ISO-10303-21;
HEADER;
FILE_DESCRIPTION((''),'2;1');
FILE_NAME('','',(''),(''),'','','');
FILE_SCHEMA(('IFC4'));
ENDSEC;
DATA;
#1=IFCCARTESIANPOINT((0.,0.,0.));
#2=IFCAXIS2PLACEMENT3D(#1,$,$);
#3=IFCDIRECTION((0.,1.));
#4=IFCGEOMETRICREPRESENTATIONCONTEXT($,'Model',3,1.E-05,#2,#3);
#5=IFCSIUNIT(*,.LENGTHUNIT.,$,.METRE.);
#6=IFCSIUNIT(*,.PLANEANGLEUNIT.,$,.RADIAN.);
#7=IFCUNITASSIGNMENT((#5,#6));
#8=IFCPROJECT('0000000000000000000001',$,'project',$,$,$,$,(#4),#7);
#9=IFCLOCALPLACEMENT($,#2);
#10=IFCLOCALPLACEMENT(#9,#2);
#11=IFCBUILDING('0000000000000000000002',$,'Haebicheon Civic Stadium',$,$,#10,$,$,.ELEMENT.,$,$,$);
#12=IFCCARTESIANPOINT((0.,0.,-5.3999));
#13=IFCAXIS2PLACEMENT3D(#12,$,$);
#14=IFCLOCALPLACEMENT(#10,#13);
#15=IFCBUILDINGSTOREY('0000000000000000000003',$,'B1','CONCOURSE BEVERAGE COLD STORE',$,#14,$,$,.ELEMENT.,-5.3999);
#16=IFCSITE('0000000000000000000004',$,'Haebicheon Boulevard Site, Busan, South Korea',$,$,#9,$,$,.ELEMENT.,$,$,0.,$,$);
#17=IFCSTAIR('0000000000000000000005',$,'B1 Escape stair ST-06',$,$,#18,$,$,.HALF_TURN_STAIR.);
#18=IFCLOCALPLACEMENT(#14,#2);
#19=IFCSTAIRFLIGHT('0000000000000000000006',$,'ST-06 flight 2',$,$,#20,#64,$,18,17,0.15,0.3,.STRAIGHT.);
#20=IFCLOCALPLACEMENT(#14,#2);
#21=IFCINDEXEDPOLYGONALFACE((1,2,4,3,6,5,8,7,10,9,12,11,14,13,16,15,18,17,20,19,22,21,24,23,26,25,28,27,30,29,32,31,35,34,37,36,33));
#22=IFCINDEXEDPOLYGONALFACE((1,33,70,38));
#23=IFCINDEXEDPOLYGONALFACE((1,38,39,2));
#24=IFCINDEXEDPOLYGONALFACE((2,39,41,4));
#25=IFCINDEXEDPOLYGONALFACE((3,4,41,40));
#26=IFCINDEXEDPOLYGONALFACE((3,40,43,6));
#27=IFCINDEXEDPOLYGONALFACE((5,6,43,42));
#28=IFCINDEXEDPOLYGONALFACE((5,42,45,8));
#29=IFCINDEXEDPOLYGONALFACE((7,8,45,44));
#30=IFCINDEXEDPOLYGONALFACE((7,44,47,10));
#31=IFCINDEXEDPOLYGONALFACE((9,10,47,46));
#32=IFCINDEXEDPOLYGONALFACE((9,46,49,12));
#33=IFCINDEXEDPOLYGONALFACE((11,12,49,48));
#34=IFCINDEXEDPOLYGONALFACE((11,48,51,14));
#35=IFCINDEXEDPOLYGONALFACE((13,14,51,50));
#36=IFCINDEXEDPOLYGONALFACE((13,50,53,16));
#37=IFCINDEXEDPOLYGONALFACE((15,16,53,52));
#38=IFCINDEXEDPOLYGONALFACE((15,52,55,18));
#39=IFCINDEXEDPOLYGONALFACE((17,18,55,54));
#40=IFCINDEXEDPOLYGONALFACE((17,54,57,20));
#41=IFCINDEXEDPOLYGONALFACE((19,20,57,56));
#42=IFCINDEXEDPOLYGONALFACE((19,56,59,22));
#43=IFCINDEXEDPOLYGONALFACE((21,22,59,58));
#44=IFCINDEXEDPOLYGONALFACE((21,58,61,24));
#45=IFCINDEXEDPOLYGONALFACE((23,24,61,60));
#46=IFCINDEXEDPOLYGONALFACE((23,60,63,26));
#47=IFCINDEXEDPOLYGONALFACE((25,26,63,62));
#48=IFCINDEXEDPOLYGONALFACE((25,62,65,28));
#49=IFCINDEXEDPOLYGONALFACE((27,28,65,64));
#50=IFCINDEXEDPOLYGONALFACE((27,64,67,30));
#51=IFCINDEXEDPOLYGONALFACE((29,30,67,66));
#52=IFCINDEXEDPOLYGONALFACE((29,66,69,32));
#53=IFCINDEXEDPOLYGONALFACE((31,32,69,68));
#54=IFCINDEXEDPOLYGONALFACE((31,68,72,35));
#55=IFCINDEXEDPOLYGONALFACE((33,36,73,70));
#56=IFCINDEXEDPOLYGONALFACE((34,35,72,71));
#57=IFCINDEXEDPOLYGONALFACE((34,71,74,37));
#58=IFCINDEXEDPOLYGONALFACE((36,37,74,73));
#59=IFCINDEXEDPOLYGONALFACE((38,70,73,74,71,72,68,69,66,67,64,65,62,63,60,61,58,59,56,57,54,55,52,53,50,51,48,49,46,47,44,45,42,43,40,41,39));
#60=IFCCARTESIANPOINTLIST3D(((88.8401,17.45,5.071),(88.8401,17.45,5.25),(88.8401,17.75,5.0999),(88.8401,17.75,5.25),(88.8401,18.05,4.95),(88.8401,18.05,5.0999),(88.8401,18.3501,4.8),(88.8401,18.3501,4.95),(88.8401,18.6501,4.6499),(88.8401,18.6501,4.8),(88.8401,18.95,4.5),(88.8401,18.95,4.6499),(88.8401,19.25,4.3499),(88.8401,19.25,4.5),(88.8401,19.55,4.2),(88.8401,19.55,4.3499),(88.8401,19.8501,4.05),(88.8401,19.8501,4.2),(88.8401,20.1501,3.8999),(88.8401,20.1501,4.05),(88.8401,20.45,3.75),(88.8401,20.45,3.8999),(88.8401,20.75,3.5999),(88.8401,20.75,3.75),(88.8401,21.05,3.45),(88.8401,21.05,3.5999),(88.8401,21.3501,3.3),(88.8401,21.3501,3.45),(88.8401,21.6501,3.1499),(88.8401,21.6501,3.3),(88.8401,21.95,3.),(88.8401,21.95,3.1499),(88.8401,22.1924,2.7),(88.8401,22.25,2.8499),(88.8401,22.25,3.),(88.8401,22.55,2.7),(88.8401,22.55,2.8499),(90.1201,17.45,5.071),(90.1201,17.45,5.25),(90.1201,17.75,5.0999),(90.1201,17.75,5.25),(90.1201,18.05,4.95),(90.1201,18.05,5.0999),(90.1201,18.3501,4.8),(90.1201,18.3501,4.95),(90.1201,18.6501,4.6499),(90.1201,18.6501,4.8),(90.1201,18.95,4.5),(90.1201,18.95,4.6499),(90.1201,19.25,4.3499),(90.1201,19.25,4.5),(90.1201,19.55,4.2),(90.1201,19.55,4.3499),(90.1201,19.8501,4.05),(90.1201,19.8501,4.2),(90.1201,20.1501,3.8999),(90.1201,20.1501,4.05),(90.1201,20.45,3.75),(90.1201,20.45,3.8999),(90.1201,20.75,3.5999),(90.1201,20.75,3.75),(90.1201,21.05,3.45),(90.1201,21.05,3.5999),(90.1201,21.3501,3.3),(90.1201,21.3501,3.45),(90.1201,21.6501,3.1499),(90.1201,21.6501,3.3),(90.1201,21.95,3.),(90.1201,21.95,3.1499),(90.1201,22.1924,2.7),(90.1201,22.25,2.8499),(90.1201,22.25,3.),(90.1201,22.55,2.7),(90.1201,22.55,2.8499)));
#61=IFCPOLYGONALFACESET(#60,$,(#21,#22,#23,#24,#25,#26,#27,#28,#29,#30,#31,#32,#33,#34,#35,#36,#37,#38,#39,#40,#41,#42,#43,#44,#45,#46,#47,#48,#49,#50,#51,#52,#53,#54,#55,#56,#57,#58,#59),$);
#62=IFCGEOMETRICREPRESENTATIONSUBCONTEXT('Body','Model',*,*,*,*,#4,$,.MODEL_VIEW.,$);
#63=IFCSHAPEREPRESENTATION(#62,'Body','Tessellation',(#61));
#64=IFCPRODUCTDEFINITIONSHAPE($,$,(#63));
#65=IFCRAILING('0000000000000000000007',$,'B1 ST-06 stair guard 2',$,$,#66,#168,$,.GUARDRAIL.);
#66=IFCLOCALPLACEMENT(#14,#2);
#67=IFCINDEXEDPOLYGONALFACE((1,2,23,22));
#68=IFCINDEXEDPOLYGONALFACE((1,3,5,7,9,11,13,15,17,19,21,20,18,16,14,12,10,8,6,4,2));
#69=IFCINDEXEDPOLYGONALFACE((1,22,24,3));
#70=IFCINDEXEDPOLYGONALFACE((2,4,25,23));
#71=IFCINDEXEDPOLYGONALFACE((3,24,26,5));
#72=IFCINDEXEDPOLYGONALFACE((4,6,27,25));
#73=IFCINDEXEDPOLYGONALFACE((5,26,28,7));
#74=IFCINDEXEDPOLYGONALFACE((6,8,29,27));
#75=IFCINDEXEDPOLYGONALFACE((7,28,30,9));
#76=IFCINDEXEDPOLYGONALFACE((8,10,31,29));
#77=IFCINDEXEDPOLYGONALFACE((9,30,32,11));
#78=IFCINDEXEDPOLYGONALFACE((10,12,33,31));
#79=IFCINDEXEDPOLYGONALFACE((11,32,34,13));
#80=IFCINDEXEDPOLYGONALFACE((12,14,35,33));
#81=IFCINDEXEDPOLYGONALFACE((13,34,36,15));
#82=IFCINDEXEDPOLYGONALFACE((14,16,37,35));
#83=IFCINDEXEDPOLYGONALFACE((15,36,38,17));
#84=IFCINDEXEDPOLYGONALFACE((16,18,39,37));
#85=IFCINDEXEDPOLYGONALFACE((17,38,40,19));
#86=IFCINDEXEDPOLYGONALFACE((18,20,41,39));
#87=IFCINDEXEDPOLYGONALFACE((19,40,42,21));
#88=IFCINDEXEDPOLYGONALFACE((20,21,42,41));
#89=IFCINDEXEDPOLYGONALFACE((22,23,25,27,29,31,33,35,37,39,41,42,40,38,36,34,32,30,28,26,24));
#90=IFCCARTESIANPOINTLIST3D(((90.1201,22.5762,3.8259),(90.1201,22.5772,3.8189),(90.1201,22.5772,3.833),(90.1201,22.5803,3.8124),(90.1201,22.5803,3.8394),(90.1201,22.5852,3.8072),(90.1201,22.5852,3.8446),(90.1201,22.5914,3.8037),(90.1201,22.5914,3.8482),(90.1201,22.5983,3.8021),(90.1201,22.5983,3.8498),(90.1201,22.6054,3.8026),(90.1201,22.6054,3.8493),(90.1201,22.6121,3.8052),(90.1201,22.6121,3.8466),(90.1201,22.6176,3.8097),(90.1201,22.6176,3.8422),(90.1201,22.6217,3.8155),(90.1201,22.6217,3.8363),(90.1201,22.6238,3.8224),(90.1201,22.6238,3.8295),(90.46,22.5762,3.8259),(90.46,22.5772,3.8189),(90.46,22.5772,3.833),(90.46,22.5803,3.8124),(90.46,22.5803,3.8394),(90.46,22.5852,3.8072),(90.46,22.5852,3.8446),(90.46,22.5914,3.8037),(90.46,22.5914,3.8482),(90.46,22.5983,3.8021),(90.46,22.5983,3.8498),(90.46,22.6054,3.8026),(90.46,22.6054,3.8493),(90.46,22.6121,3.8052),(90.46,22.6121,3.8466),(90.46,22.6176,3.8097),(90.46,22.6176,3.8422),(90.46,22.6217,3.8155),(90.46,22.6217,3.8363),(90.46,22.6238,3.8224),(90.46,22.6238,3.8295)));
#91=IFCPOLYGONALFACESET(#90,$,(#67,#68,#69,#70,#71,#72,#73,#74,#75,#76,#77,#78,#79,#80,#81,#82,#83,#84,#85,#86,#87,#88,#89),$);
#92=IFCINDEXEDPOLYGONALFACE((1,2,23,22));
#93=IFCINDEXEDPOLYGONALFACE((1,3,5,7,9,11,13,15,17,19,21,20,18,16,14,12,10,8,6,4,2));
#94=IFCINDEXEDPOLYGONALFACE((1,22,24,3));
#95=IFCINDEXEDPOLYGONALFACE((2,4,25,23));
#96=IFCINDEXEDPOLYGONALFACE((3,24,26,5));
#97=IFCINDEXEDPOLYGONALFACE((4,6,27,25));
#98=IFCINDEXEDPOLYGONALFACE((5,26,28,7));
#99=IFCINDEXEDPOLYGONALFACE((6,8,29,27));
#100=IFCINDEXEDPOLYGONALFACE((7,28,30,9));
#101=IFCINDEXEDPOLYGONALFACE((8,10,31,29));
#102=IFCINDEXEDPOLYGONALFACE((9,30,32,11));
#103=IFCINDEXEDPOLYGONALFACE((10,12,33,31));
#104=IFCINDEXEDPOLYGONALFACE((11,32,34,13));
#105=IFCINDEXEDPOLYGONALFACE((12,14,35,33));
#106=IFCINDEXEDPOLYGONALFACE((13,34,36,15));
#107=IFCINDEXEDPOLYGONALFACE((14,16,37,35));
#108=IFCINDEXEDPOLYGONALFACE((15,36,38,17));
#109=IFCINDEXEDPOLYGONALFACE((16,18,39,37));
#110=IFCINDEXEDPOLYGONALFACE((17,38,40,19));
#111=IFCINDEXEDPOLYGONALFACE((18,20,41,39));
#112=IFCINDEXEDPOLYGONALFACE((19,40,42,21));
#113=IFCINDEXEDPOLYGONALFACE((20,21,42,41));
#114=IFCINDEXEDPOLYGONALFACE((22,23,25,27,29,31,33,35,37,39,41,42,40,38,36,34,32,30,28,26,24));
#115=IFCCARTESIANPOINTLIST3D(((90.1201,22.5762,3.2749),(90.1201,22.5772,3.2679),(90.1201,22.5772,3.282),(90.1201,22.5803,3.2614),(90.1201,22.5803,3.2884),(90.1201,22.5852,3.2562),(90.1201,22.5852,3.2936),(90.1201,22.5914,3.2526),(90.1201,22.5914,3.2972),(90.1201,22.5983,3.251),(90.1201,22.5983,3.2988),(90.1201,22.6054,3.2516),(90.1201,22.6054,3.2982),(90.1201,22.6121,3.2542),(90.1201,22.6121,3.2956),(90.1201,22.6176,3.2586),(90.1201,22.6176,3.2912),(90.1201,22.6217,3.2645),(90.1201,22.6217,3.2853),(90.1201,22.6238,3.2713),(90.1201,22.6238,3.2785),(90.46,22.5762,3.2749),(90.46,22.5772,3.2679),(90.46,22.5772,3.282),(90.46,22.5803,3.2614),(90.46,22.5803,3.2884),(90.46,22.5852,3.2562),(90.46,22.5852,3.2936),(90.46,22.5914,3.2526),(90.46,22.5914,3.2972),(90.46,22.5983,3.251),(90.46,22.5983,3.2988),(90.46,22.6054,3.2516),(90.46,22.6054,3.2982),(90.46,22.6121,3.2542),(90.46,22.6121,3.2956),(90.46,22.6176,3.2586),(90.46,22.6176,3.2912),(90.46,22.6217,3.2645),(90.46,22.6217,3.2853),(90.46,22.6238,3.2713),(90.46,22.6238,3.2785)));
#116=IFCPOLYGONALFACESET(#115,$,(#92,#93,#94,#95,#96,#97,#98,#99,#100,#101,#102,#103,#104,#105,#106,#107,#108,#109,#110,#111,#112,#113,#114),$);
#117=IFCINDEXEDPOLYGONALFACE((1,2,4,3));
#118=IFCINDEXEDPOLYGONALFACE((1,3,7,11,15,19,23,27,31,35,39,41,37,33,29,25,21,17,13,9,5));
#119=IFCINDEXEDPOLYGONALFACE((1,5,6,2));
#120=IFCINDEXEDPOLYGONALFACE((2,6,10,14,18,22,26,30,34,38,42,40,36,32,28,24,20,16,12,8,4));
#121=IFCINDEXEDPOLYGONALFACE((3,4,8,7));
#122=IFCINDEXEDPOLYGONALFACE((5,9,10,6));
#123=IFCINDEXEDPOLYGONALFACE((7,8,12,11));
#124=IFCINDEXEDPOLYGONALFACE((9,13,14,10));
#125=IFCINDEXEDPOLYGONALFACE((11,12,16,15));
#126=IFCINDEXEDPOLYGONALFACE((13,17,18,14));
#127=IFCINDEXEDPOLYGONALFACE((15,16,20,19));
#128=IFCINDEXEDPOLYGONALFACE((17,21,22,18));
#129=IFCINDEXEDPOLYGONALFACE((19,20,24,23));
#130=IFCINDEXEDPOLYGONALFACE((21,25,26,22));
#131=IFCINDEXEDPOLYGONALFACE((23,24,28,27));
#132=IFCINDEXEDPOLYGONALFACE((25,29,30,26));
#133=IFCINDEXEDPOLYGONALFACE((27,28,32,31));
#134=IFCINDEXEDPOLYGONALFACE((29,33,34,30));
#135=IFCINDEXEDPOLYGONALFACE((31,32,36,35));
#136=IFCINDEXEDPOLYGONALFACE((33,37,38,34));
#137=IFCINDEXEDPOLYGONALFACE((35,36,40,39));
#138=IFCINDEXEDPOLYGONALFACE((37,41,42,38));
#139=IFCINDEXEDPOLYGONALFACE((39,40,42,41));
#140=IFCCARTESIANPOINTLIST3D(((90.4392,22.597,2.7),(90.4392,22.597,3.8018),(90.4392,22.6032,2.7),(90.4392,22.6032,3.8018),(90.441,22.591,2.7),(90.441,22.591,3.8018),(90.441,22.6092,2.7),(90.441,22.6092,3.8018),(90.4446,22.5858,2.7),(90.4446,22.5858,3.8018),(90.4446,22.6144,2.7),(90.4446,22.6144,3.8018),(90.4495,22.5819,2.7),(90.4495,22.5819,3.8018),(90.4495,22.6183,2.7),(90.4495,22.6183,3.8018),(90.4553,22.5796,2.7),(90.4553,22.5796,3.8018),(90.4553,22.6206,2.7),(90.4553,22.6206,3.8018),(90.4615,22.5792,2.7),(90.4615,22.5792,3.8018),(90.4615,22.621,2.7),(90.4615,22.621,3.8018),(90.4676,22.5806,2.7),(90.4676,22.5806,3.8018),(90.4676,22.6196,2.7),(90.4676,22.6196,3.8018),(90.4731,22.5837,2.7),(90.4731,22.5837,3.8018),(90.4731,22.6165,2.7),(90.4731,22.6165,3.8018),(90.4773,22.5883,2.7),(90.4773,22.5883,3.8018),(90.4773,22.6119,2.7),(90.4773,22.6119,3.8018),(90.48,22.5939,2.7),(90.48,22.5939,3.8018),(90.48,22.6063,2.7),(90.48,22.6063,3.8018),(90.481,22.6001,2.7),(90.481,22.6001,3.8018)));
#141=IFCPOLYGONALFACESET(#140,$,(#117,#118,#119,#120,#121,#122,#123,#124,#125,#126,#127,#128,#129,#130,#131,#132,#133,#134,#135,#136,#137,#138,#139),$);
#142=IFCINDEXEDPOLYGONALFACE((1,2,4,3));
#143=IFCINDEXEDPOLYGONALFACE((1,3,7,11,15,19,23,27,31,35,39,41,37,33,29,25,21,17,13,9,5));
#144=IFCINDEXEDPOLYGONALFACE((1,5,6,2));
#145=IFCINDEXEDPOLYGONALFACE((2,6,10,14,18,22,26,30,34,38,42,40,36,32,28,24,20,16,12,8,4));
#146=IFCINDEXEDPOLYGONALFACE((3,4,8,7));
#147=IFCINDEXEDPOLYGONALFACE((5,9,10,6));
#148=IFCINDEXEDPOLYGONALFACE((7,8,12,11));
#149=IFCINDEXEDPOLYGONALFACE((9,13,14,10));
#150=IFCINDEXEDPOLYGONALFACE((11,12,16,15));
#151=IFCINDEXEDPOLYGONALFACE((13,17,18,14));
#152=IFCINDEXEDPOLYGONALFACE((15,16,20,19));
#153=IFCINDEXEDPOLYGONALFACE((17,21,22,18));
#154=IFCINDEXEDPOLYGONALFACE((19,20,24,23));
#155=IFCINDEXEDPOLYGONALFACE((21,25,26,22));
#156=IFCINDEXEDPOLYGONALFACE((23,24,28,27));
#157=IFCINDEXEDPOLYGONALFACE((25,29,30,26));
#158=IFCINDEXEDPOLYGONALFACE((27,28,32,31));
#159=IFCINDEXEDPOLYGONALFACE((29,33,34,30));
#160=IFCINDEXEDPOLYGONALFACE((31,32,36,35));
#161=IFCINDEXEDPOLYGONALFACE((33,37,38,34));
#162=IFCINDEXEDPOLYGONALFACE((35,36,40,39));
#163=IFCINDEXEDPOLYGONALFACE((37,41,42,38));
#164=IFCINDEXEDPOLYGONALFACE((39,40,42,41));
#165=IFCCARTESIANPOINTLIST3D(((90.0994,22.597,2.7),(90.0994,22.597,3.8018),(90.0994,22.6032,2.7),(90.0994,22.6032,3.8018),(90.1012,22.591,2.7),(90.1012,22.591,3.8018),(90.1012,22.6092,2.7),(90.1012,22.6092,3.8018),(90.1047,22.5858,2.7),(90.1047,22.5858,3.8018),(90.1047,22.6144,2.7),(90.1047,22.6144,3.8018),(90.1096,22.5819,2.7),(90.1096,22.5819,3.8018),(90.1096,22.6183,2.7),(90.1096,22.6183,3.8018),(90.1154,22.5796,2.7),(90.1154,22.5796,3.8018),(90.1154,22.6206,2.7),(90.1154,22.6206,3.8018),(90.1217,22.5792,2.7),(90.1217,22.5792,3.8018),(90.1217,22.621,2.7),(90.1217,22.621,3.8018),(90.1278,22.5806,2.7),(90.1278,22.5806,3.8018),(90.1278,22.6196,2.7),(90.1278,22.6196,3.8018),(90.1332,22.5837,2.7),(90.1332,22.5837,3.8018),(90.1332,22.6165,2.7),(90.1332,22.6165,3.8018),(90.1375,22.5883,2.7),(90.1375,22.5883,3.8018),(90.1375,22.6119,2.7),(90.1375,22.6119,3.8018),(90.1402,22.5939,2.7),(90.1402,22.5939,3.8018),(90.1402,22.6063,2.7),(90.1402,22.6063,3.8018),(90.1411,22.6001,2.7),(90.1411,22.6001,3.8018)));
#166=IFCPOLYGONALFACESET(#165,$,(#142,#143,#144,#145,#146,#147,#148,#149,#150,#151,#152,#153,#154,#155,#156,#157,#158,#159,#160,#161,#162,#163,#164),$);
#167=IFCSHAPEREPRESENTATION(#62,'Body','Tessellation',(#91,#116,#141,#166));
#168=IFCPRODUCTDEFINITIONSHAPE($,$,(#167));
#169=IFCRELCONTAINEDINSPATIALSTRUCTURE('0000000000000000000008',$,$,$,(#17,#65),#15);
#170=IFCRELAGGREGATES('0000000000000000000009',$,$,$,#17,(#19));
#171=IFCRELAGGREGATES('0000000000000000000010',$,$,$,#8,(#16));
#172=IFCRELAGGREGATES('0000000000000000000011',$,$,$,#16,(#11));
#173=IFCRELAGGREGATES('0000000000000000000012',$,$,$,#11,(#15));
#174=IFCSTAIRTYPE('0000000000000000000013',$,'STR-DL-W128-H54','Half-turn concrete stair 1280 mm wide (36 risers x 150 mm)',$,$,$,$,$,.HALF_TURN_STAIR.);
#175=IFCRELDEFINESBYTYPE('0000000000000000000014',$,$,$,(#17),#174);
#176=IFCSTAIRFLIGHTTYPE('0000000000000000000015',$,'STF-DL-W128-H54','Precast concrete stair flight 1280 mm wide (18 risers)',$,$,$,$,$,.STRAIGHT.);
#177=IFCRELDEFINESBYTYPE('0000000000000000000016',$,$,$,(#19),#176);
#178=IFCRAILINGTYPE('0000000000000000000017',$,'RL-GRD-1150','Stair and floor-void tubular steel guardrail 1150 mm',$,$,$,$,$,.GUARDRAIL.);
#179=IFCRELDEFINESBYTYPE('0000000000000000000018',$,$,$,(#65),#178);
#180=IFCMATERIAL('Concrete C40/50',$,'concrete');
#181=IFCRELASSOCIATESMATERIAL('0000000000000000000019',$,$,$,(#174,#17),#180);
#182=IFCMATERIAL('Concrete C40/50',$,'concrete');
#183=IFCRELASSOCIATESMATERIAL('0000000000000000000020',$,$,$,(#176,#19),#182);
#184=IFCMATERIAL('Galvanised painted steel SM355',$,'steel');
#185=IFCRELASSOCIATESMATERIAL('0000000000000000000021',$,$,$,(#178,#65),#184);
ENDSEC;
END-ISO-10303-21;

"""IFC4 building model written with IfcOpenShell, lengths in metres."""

from ifc_helpers import new_model, si_unit, direction, frame, origin, origin_2d, place, context, subcontext, project, spatial, polyline, circle, outline, extrude, material, type_object, element, aggregate, save


model = new_model("IFC4")

# Units and contexts
model_context = context("Model", 3, precision=1e-05, world=origin(), true_north=direction((0.0, 1.0)))
body_context = subcontext(model_context, "Body", "Model", "MODEL_VIEW")
ifc_project = project(units=[si_unit("LENGTHUNIT", "METRE"), si_unit("PLANEANGLEUNIT", "RADIAN")], contexts=[model_context])

# Site, building, storey
site_placement = place(None, origin())
site = spatial("IfcSite", under=ifc_project, at=site_placement, Name="Haebicheon Boulevard Site, Busan, South Korea", CompositionType="ELEMENT", RefElevation=0.0)
building_placement = place(site_placement, origin())
building = spatial("IfcBuilding", under=site, at=building_placement, Name="Haebicheon Civic Stadium", CompositionType="ELEMENT")
storey_placement = place(building_placement, frame((0.0, 0.0, -5.3999)))
storey = spatial("IfcBuildingStorey", under=building, at=storey_placement, Name="B1", Description="CONCOURSE BEVERAGE COLD STORE", CompositionType="ELEMENT", Elevation=-5.3999)

# Stair, stair flight
ifc_material_1 = material(Name="Concrete C40/50", Category="concrete")
stair_type = type_object("IfcStairType", Name="STR-DL-W128-H54", Description="Half-turn concrete stair 1280 mm wide (36 risers x 150 mm)", PredefinedType="HALF_TURN_STAIR", material=ifc_material_1)
stair_placement = place(storey_placement, origin())
stair = element("IfcStair", 1, at=stair_placement, inside=storey, type_object=stair_type, material=ifc_material_1, Name="B1 Escape stair ST-06", PredefinedType="HALF_TURN_STAIR")
ifc_material_2 = material(Name="Concrete C40/50", Category="concrete")
stair_flight_type = type_object("IfcStairFlightType", Name="STF-DL-W128-H54", Description="Precast concrete stair flight 1280 mm wide (18 risers)", PredefinedType="STRAIGHT", material=ifc_material_2)
stair_flight_1_placement = place(storey_placement, frame((89.48, 22.55, 2.7), z_axis=(0.0, 0.0, 1.0), x_axis=(0.0, -1.0, 0.0)))
stair_flight_1 = element("IfcStairFlight", 2, at=stair_flight_1_placement, type_object=stair_flight_type, material=ifc_material_2, Name="ST-06 flight 2", NumberOfRisers=18, NumberOfTreads=17, PredefinedType="STRAIGHT", RiserHeight=0.15, TreadLength=0.3, context=body_context, shape_type="SweptSolid", body=[
    extrude(outline(polyline([(0.0, 0.0), (0.0, 0.1499), (0.3, 0.1499), (0.3, 0.3), (0.6001, 0.3), (0.6001, 0.45), (0.8999, 0.45), (0.8999, 0.6001), (1.2, 0.6001), (1.2, 0.75), (1.5, 0.75), (1.5, 0.8999), (1.8, 0.8999), (1.8, 1.05), (2.1001, 1.05), (2.1001, 1.2), (2.3999, 1.2), (2.3999, 1.3501), (2.7, 1.3501), (2.7, 1.5), (3.0, 1.5), (3.0, 1.6499), (3.3, 1.6499), (3.3, 1.8), (3.6001, 1.8), (3.6001, 1.95), (3.8999, 1.95), (3.8999, 2.1001), (4.2, 2.1001), (4.2, 2.25), (4.5, 2.25), (4.5, 2.3999), (4.8, 2.3999), (4.8, 2.55), (5.1001, 2.55), (5.1001, 2.7), (5.1001, 2.3711), (0.3577, 0.0), (0.0, 0.0)])), frame((0.0, 0.6401, 0.0), z_axis=(0.0, -1.0, 0.0), x_axis=(1.0, 0.0, 0.0)), (0.0, 0.0, 1.0), 1.28),
])
aggregate(stair, [stair_flight_1])

# Railing
ifc_material_3 = material(Name="Galvanised painted steel SM355", Category="steel")
railing_type_1 = type_object("IfcRailingType", Name="RL-GRD-1150", Description="Stair and floor-void tubular steel guardrail 1150 mm", PredefinedType="GUARDRAIL", material=ifc_material_3)
railing_1_placement = place(storey_placement, frame((90.46, 22.6001, 2.7)))
element("IfcRailing", 3, at=railing_1_placement, inside=storey, type_object=railing_type_1, material=ifc_material_3, Name="B1 ST-06 stair guard 2", PredefinedType="GUARDRAIL", context=body_context, shape_type="SweptSolid", body=[
    extrude(circle(Radius=0.0239, at=origin_2d()), frame((0.0, 0.0, 1.126), z_axis=(-1.0, 0.0, 0.0), x_axis=(0.0, -1.0, 0.0)), (0.0, 0.0, 1.0), 0.3398),
    extrude(circle(Radius=0.0239, at=origin_2d()), frame((0.0, 0.0, 0.575), z_axis=(-1.0, 0.0, 0.0), x_axis=(0.0, -1.0, 0.0)), (0.0, 0.0, 1.0), 0.3398),
    extrude(circle(Radius=0.021, at=origin_2d()), origin(), (0.0, 0.0, 1.0), 1.1018),
    extrude(circle(Radius=0.021, at=origin_2d()), frame((-0.3398, 0.0, 0.0)), (0.0, 0.0, 1.0), 1.1018),
])

save(model, "model.ifc")
